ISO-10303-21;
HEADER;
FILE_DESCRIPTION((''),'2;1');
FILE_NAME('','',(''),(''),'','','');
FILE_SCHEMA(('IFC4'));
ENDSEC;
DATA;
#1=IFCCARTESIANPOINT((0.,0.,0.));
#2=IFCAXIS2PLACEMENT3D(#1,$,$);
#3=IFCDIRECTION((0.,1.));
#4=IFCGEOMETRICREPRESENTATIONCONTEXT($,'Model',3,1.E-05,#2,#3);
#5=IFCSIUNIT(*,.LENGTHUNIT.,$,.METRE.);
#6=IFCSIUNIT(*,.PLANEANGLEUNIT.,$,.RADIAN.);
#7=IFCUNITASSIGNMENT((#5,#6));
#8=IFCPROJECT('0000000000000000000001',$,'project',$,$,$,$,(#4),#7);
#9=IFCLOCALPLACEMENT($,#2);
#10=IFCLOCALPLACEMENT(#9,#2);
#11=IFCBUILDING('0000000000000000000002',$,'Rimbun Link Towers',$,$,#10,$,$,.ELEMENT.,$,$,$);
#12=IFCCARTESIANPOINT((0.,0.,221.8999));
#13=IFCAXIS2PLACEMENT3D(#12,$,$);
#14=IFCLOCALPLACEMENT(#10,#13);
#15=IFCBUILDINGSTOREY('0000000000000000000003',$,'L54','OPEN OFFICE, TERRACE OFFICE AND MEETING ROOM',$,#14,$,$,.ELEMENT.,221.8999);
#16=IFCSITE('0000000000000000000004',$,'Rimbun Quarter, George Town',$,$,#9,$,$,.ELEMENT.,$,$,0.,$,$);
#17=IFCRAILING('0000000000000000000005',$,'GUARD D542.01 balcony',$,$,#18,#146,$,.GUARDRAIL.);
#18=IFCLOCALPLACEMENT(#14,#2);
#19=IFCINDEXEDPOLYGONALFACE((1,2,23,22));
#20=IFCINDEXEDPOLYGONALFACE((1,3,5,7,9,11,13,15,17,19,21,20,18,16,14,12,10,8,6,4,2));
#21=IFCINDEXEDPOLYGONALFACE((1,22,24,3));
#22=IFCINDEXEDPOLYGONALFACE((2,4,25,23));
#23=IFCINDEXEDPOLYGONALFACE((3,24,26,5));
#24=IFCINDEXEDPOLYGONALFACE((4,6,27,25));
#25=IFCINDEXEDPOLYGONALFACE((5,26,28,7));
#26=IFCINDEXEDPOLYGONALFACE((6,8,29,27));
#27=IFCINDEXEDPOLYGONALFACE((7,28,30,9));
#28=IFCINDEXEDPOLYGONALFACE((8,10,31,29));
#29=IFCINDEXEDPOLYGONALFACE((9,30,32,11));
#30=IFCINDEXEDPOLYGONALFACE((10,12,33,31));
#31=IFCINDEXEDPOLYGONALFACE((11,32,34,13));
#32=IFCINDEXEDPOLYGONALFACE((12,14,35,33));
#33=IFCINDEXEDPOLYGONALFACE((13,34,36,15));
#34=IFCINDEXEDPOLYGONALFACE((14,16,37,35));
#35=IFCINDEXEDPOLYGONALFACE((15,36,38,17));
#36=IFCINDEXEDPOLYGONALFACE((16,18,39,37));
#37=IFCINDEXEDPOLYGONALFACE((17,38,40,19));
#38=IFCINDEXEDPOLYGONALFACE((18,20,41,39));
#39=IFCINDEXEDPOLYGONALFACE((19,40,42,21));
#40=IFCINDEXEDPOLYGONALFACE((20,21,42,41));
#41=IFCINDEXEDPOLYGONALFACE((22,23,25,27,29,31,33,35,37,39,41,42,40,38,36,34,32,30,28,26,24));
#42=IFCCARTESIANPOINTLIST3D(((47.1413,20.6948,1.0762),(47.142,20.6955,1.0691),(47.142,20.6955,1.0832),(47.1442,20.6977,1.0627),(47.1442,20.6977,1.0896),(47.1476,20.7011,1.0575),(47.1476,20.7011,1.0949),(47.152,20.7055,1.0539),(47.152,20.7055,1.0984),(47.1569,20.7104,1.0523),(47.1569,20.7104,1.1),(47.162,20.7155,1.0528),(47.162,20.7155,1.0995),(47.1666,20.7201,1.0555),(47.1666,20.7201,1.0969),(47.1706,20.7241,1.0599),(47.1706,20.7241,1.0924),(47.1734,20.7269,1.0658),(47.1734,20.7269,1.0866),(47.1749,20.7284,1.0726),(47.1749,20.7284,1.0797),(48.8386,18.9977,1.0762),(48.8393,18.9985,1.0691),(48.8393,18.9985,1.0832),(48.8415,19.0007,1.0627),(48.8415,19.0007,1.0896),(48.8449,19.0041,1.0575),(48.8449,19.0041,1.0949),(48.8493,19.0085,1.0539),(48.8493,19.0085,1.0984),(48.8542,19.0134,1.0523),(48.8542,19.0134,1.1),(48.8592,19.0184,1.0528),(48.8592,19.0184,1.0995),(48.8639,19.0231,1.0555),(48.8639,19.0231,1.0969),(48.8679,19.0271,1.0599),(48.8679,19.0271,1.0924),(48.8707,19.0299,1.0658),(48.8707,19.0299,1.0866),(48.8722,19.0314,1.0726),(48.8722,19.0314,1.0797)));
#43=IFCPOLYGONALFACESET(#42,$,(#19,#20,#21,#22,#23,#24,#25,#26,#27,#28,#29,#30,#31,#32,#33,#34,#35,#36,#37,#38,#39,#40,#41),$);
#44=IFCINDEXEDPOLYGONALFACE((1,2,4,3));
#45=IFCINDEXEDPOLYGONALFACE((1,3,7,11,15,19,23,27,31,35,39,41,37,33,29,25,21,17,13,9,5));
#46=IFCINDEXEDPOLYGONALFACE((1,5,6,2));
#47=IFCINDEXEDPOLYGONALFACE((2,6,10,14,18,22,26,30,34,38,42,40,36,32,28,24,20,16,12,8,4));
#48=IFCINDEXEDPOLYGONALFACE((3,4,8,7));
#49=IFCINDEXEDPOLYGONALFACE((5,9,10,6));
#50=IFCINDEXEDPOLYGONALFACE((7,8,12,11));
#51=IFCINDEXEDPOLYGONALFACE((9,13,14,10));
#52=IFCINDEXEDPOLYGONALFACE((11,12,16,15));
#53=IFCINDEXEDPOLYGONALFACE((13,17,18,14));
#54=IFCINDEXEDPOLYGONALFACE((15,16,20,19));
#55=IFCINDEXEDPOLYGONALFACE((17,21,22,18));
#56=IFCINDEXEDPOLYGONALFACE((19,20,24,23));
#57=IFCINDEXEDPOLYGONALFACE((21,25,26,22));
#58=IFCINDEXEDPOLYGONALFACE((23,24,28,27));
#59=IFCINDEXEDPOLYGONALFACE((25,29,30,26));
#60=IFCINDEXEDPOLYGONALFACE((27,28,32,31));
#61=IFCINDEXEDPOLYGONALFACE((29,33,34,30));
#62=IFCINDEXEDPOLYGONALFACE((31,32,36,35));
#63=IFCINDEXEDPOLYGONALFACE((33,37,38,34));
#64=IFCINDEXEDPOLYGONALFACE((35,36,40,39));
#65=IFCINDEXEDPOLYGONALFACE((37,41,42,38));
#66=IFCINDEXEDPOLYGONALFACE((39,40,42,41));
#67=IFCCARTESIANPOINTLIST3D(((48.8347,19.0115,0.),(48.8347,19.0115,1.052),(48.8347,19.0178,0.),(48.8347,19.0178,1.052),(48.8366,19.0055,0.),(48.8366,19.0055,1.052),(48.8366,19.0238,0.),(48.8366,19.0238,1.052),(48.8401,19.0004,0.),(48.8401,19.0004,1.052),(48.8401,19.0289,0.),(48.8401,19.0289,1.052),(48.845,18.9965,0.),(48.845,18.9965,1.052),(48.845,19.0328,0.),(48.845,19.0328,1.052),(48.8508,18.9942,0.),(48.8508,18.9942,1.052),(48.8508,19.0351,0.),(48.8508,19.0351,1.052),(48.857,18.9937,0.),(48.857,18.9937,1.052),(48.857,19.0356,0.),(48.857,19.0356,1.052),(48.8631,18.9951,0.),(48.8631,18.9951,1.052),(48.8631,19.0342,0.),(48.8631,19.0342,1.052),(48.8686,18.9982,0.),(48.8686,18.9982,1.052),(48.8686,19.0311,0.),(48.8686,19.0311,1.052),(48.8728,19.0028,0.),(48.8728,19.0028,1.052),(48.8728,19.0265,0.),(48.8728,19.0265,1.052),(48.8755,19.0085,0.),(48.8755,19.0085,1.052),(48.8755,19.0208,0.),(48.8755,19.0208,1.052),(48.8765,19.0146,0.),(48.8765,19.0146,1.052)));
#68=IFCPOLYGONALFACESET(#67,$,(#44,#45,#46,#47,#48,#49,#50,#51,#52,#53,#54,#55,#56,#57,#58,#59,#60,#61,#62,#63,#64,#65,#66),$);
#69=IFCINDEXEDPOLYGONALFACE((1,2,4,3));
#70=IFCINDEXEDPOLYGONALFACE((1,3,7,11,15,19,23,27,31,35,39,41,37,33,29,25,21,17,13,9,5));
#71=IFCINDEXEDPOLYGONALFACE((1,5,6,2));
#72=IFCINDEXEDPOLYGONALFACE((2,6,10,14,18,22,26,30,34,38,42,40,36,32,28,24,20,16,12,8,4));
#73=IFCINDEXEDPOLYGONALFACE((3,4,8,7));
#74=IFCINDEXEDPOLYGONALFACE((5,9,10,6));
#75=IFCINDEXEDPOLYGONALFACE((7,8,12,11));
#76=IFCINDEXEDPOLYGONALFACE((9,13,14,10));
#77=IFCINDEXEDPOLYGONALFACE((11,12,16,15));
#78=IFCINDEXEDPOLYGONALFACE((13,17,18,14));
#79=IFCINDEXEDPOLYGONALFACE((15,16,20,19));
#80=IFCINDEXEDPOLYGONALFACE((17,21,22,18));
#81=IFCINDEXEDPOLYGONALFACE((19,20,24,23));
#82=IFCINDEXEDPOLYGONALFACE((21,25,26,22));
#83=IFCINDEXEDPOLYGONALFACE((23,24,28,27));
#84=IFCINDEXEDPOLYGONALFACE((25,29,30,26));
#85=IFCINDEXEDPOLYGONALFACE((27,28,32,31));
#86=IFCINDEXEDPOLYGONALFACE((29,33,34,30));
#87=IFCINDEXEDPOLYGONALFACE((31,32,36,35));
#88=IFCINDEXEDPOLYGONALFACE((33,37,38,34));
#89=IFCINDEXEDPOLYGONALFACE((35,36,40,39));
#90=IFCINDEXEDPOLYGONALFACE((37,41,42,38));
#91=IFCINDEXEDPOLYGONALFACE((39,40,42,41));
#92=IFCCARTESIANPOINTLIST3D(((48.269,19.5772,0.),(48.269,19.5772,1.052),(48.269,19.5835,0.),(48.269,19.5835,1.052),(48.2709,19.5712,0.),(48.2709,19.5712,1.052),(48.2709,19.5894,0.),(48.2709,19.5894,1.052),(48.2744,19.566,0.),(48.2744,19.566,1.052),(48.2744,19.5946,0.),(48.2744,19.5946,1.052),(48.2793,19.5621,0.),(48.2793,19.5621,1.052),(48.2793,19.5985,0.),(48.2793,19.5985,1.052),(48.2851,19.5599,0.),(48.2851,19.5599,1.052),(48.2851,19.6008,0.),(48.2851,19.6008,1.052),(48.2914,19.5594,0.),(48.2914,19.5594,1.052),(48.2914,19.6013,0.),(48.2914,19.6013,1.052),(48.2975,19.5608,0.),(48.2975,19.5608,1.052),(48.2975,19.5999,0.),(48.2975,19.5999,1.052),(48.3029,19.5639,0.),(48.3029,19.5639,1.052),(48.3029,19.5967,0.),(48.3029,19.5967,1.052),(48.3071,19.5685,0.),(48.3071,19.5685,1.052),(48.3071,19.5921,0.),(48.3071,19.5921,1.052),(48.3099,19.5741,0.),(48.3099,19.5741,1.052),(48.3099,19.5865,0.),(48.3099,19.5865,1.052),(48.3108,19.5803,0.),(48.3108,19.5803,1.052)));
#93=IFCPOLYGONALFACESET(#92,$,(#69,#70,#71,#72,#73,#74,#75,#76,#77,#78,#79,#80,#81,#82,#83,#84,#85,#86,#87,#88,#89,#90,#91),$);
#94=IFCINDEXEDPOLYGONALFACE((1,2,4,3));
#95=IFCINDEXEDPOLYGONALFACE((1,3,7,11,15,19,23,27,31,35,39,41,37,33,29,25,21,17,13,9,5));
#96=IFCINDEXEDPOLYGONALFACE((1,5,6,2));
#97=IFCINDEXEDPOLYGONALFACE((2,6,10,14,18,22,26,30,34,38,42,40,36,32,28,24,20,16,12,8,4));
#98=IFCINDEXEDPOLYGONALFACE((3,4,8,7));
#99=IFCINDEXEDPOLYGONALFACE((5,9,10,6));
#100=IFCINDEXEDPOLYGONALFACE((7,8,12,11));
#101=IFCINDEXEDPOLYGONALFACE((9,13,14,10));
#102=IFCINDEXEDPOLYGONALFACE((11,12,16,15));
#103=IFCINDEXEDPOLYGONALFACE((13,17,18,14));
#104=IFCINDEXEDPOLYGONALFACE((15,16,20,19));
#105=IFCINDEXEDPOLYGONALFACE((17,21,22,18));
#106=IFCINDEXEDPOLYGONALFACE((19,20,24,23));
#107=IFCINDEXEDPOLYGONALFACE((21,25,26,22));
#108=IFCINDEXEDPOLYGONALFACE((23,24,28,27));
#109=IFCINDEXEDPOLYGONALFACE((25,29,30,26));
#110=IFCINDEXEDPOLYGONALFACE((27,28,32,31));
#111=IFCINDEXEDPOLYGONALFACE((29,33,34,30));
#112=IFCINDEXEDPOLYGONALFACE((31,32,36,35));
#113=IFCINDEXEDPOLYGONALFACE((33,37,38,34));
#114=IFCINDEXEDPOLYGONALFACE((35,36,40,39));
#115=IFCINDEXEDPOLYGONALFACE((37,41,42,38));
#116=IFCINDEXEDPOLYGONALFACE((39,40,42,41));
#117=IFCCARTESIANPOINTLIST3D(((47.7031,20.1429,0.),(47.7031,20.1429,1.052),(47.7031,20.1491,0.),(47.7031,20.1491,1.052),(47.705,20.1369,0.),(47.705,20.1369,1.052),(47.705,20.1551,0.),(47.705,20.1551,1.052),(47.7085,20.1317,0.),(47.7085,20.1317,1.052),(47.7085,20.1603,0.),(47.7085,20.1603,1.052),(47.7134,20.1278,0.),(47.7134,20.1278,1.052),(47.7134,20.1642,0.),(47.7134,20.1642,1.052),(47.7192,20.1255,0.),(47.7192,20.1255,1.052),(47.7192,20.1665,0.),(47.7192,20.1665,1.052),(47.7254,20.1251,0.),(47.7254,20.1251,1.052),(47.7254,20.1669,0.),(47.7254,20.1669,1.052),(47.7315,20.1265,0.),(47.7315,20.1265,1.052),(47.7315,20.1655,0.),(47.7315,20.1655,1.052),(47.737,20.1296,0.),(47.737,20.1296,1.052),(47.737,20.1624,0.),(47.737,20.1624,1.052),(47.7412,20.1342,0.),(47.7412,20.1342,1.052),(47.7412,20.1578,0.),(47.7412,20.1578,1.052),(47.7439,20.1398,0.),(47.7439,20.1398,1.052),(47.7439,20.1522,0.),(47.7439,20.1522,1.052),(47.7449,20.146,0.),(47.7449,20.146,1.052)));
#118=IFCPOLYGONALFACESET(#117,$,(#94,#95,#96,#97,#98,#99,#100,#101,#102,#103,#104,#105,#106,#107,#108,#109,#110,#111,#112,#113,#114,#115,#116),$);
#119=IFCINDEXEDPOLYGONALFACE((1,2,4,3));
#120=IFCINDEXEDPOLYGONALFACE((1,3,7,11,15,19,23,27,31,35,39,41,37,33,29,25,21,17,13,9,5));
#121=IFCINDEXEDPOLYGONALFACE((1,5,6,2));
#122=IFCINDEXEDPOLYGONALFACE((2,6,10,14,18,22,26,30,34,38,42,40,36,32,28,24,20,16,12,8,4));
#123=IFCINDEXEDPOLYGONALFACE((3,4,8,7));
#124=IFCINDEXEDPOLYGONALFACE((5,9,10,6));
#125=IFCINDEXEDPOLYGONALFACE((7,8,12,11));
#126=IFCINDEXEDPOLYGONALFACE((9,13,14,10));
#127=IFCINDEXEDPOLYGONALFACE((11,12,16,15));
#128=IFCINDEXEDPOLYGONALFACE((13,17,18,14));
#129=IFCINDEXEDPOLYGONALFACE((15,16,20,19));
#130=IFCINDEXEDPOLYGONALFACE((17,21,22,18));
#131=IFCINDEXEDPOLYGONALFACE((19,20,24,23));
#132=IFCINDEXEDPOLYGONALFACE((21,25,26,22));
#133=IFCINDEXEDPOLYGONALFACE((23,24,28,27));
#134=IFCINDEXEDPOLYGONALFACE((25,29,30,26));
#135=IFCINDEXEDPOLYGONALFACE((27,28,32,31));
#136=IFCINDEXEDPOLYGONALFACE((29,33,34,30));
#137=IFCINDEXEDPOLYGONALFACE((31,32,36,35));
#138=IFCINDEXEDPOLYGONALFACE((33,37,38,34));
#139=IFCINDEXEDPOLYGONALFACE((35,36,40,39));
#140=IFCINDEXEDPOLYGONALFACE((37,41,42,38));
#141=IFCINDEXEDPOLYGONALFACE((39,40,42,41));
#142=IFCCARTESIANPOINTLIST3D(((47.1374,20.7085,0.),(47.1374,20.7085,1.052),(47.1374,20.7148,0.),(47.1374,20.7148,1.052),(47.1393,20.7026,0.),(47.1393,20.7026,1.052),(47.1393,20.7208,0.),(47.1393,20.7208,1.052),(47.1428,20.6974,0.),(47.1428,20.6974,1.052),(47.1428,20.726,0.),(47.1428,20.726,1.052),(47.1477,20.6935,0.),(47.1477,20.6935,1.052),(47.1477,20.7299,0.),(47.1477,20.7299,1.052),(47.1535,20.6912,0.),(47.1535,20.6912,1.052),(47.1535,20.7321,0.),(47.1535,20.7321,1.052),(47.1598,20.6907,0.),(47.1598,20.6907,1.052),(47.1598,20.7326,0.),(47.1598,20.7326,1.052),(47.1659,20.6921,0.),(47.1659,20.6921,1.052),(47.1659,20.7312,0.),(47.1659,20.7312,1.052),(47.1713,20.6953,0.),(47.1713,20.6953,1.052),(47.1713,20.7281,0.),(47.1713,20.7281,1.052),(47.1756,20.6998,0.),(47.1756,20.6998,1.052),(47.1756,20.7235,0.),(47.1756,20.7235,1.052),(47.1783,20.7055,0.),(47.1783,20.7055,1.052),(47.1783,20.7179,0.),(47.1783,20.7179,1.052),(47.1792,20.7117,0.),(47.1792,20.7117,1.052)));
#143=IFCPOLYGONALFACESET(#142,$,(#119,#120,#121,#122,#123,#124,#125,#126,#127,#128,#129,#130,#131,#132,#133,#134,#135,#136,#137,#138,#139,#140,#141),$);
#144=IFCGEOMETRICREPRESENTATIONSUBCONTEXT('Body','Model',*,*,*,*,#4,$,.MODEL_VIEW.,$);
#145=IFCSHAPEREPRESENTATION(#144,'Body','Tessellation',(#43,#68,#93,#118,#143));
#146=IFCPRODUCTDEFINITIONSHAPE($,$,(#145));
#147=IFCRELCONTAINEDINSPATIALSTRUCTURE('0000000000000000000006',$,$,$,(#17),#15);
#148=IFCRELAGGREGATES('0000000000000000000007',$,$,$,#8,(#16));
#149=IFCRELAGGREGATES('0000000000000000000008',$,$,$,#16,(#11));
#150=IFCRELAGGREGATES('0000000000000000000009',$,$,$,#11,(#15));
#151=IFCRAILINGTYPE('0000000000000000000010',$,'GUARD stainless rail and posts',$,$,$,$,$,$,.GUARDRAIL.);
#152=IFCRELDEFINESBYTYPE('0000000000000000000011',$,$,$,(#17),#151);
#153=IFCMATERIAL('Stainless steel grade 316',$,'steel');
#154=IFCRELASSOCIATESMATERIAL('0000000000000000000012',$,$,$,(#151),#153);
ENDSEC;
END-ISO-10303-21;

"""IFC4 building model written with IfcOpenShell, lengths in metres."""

from ifc_helpers import new_model, si_unit, direction, frame, origin, origin_2d, place, context, subcontext, project, spatial, circle, extrude, material, type_object, element, save


model = new_model("IFC4")

# Units and contexts
model_context = context("Model", 3, precision=1e-05, world=origin(), true_north=direction((0.0, 1.0)))
body_context = subcontext(model_context, "Body", "Model", "MODEL_VIEW")
ifc_project = project(units=[si_unit("LENGTHUNIT", "METRE"), si_unit("PLANEANGLEUNIT", "RADIAN")], contexts=[model_context])

# Site, building, storey
site_placement = place(None, origin())
site = spatial("IfcSite", under=ifc_project, at=site_placement, Name="Rimbun Quarter, George Town", CompositionType="ELEMENT", RefElevation=0.0)
building_placement = place(site_placement, origin())
building = spatial("IfcBuilding", under=site, at=building_placement, Name="Rimbun Link Towers", CompositionType="ELEMENT")
storey_placement = place(building_placement, frame((0.0, 0.0, 221.8999)))
storey = spatial("IfcBuildingStorey", under=building, at=storey_placement, Name="L54", Description="OPEN OFFICE, TERRACE OFFICE AND MEETING ROOM", CompositionType="ELEMENT", Elevation=221.8999)

# Railing
ifc_material_1 = material(Name="Stainless steel grade 316", Category="steel")
railing_type = type_object("IfcRailingType", Name="GUARD stainless rail and posts", PredefinedType="GUARDRAIL", material=ifc_material_1)
railing_1_placement = place(storey_placement, frame((48.8555, 19.0146, 0.0)))
element("IfcRailing", 1, at=railing_1_placement, inside=storey, type_object=railing_type, Name="GUARD D542.01 balcony", PredefinedType="GUARDRAIL", context=body_context, shape_type="SweptSolid", body=[
    extrude(circle(Radius=0.0239, at=origin_2d()), frame((0.0, 0.0, 1.0762), z_axis=(-0.707158, 0.707056, 0.0), x_axis=(-0.707056, -0.707158, 0.0)), (0.0, 0.0, 1.0), 2.4001),
    extrude(circle(Radius=0.021, at=origin_2d()), origin(), (0.0, 0.0, 1.0), 1.052),
    extrude(circle(Radius=0.021, at=origin_2d()), frame((-0.5657, 0.5657, 0.0)), (0.0, 0.0, 1.0), 1.052),
    extrude(circle(Radius=0.021, at=origin_2d()), frame((-1.1316, 1.1313, 0.0)), (0.0, 0.0, 1.0), 1.052),
    extrude(circle(Radius=0.021, at=origin_2d()), frame((-1.6973, 1.697, 0.0)), (0.0, 0.0, 1.0), 1.052),
])

save(model, "model.ifc")
